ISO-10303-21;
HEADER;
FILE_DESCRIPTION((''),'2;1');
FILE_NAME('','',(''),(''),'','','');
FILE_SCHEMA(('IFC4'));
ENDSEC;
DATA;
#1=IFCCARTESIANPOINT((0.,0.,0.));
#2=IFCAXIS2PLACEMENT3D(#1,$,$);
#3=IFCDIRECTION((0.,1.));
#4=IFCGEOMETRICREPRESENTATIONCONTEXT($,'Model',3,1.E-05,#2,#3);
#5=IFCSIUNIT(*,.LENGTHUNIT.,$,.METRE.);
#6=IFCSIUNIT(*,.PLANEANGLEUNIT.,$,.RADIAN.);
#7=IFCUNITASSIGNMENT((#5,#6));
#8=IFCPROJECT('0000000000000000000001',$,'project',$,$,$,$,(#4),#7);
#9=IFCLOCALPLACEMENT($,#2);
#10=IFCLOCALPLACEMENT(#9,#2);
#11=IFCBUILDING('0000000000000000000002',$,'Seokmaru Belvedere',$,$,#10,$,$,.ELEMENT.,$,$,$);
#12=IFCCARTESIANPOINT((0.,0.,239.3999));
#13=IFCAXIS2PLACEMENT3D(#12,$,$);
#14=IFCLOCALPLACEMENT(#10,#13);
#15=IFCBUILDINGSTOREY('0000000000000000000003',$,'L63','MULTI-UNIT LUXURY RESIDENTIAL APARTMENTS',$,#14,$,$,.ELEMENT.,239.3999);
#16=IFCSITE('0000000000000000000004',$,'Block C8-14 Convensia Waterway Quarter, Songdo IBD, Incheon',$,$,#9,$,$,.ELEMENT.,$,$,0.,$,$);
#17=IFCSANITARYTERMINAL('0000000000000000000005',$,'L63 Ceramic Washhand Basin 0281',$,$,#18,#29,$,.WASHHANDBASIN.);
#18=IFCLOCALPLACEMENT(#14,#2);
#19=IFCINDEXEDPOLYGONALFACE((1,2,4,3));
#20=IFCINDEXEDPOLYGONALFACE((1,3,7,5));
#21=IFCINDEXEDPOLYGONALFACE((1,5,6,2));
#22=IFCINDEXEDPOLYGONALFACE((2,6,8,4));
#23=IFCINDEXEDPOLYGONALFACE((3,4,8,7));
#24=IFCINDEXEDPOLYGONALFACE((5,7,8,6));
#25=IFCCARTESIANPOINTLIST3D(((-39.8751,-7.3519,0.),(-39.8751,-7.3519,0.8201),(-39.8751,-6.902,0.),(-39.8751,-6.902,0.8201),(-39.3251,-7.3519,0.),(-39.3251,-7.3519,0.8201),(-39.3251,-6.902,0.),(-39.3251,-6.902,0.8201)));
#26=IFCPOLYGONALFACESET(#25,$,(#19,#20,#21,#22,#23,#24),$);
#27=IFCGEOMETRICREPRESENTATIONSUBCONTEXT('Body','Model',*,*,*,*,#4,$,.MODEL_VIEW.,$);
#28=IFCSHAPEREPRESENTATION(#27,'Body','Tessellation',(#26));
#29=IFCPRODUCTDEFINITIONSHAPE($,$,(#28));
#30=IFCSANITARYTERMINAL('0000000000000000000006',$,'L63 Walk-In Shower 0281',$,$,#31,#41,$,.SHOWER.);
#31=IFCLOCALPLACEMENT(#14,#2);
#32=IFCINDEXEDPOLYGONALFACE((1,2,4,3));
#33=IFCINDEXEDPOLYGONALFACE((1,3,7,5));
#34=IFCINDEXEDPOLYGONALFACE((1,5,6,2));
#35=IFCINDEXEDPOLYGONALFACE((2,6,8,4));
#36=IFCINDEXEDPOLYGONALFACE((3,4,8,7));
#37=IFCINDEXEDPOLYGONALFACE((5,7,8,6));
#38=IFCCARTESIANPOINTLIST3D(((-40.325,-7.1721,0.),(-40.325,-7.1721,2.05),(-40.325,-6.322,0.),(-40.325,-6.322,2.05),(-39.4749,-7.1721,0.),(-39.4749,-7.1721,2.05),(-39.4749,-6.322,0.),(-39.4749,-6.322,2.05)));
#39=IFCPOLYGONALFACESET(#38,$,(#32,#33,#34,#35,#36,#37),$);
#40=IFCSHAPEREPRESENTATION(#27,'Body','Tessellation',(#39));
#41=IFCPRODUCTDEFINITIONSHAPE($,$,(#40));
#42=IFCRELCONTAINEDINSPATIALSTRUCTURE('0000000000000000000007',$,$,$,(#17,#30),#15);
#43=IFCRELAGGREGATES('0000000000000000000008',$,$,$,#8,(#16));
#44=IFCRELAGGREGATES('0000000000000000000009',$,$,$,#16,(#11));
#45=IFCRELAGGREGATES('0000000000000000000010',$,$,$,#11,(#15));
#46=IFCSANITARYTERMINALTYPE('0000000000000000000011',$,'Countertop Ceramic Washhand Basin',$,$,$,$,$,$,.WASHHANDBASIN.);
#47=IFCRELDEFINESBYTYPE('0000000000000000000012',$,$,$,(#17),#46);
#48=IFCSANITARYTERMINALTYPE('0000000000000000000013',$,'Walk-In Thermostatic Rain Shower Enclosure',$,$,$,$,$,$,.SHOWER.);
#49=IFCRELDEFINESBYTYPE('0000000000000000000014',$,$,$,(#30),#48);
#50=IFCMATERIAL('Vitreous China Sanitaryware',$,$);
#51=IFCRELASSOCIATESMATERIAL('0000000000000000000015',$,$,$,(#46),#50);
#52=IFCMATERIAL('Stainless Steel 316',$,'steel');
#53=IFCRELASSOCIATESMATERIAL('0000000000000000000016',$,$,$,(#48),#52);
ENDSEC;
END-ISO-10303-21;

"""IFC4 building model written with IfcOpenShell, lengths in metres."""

from ifc_helpers import new_model, si_unit, direction, frame, origin, origin_2d, place, context, subcontext, project, spatial, rectangle, extrude, source, transform, mapped, material, type_object, type_shapes, element, save


model = new_model("IFC4")

# Units and contexts
model_context = context("Model", 3, precision=1e-05, world=origin(), true_north=direction((0.0, 1.0)))
body_context = subcontext(model_context, "Body", "Model", "MODEL_VIEW")
ifc_project = project(units=[si_unit("LENGTHUNIT", "METRE"), si_unit("PLANEANGLEUNIT", "RADIAN")], contexts=[model_context])

# Site, building, storey
site_placement = place(None, origin())
site = spatial("IfcSite", under=ifc_project, at=site_placement, Name="Block C8-14 Convensia Waterway Quarter, Songdo IBD, Incheon", CompositionType="ELEMENT", RefElevation=0.0)
building_placement = place(site_placement, origin())
building = spatial("IfcBuilding", under=site, at=building_placement, Name="Seokmaru Belvedere", CompositionType="ELEMENT")
storey_placement = place(building_placement, frame((0.0, 0.0, 239.3999)))
storey = spatial("IfcBuildingStorey", under=building, at=storey_placement, Name="L63", Description="MULTI-UNIT LUXURY RESIDENTIAL APARTMENTS", CompositionType="ELEMENT", Elevation=239.3999)

# Shared definitions
ifc_material_1 = material(Name="Stainless Steel 316", Category="steel")

# Sanitary terminals
ifc_material_2 = material(Name="Vitreous China Sanitaryware")
sanitary_terminal_type_1 = type_object("IfcSanitaryTerminalType", Name="Countertop Ceramic Washhand Basin", PredefinedType="WASHHANDBASIN", material=ifc_material_2)
shared_shape_1 = source(origin(), body_context, "Body", "SweptSolid", [
    extrude(rectangle(XDim=0.55, YDim=0.45, at=origin_2d()), origin(), (0.0, 0.0, 1.0), 0.8201),
])
type_shapes(sanitary_terminal_type_1, [shared_shape_1])
sanitary_terminal_1_placement = place(storey_placement, frame((-39.6001, -7.127, 0.0), z_axis=(0.0, 0.0, 1.0), x_axis=(1.0, 0.0, 0.0)))
element("IfcSanitaryTerminal", 1, at=sanitary_terminal_1_placement, inside=storey, type_object=sanitary_terminal_type_1, Name="L63 Ceramic Washhand Basin 0281", PredefinedType="WASHHANDBASIN", context=body_context, shape_type="MappedRepresentation", body=[
    mapped(shared_shape_1, transform((0.0, 0.0, 0.0), scale=1.0)),
])
sanitary_terminal_type_2 = type_object("IfcSanitaryTerminalType", Name="Walk-In Thermostatic Rain Shower Enclosure", PredefinedType="SHOWER", material=ifc_material_1)
shared_shape_2 = source(origin(), body_context, "Body", "SweptSolid", [
    extrude(rectangle(XDim=0.8501, YDim=0.8501, at=origin_2d()), origin(), (0.0, 0.0, 1.0), 2.05),
])
type_shapes(sanitary_terminal_type_2, [shared_shape_2])
sanitary_terminal_2_placement = place(storey_placement, frame((-39.8999, -6.7471, 0.0), z_axis=(0.0, 0.0, 1.0), x_axis=(1.0, 0.0, 0.0)))
element("IfcSanitaryTerminal", 2, at=sanitary_terminal_2_placement, inside=storey, type_object=sanitary_terminal_type_2, Name="L63 Walk-In Shower 0281", PredefinedType="SHOWER", context=body_context, shape_type="MappedRepresentation", body=[
    mapped(shared_shape_2, transform((0.0, 0.0, 0.0), scale=1.0)),
])

save(model, "model.ifc")
